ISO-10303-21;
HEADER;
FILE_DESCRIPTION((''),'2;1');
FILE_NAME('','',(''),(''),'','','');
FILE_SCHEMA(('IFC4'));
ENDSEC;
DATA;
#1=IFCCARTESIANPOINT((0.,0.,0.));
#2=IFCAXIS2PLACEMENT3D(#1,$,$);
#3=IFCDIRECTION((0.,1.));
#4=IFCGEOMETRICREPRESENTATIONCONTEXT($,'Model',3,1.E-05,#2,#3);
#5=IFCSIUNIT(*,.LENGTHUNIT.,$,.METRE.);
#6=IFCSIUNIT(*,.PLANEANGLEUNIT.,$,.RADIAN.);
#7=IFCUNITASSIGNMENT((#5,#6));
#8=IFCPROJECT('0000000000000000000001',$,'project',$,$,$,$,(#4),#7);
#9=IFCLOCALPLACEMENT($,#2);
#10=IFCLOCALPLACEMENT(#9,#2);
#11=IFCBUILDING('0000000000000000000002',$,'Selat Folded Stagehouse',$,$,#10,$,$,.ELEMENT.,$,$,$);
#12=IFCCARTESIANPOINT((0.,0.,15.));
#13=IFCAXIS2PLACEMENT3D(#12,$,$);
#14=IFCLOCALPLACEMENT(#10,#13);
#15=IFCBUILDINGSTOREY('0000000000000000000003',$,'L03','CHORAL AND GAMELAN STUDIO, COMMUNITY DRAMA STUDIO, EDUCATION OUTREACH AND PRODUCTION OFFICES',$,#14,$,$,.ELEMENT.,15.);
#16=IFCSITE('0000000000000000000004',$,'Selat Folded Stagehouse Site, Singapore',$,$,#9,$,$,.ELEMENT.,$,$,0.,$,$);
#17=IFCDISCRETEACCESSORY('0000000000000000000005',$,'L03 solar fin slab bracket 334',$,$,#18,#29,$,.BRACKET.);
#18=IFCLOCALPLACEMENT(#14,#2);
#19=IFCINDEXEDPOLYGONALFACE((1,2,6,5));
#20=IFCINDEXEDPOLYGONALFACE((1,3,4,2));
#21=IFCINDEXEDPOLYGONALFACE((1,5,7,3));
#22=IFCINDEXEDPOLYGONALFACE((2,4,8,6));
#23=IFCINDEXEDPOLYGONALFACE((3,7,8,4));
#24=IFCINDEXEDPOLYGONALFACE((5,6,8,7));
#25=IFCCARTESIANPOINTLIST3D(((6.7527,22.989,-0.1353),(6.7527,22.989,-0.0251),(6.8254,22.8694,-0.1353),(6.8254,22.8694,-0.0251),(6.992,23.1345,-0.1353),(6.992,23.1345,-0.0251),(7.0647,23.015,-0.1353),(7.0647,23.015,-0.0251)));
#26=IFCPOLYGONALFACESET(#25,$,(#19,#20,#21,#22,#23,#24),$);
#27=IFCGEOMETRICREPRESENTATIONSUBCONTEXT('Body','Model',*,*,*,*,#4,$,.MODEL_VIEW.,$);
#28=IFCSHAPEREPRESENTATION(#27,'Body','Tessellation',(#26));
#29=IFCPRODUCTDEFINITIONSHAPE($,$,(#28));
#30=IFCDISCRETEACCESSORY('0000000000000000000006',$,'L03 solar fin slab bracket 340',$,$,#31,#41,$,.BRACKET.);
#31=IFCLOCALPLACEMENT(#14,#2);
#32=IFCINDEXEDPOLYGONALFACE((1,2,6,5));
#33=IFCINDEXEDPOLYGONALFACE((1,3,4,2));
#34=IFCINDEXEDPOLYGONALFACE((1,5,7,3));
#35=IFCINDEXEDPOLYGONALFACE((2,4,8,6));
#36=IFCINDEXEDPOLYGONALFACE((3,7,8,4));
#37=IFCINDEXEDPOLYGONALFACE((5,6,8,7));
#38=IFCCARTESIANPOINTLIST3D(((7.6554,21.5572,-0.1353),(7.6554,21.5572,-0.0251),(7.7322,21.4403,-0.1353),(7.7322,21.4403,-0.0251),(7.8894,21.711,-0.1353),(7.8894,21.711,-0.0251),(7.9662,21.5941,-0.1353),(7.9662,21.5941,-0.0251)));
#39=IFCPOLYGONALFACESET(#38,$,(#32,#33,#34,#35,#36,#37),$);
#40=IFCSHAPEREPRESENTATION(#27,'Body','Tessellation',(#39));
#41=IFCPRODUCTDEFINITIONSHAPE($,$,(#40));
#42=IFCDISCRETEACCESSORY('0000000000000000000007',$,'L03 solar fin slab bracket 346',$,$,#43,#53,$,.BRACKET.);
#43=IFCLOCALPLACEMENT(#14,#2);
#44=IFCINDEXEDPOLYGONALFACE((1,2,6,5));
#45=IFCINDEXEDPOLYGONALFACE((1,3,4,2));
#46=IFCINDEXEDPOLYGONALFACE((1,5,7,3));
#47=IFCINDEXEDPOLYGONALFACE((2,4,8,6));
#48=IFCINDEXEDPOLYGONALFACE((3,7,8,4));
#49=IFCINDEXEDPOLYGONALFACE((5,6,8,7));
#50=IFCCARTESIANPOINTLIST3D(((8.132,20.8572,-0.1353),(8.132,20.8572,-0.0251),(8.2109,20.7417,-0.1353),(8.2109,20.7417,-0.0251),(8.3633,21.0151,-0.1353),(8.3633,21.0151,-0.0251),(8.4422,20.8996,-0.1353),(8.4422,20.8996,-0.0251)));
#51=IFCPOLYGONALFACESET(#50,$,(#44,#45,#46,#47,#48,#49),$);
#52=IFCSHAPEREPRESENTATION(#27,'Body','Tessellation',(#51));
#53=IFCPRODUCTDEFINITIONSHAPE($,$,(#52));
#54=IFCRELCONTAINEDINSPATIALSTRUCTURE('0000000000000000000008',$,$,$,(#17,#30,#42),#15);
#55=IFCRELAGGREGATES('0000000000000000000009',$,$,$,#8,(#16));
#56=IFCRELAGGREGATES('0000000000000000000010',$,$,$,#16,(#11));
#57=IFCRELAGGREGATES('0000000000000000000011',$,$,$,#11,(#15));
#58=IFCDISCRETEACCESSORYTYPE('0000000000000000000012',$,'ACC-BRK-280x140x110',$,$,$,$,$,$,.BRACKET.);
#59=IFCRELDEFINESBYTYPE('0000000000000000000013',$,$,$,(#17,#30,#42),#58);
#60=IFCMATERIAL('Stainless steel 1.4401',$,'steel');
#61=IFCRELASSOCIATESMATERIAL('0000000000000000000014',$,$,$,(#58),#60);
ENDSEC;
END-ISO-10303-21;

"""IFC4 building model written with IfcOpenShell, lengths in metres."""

from ifc_helpers import new_model, si_unit, direction, frame, origin, origin_2d, place, context, subcontext, project, spatial, rectangle, extrude, material, type_object, element, save


model = new_model("IFC4")

# Units and contexts
model_context = context("Model", 3, precision=1e-05, world=origin(), true_north=direction((0.0, 1.0)))
body_context = subcontext(model_context, "Body", "Model", "MODEL_VIEW")
ifc_project = project(units=[si_unit("LENGTHUNIT", "METRE"), si_unit("PLANEANGLEUNIT", "RADIAN")], contexts=[model_context])

# Site, building, storey
site_placement = place(None, origin())
site = spatial("IfcSite", under=ifc_project, at=site_placement, Name="Selat Folded Stagehouse Site, Singapore", CompositionType="ELEMENT", RefElevation=0.0)
building_placement = place(site_placement, origin())
building = spatial("IfcBuilding", under=site, at=building_placement, Name="Selat Folded Stagehouse", CompositionType="ELEMENT")
storey_placement = place(building_placement, frame((0.0, 0.0, 15.0)))
storey = spatial("IfcBuildingStorey", under=building, at=storey_placement, Name="L03", Description="CHORAL AND GAMELAN STUDIO, COMMUNITY DRAMA STUDIO, EDUCATION OUTREACH AND PRODUCTION OFFICES", CompositionType="ELEMENT", Elevation=15.0)

# Discrete accessories
ifc_material_1 = material(Name="Stainless steel 1.4401", Category="steel")
discrete_accessory_type = type_object("IfcDiscreteAccessoryType", Name="ACC-BRK-280x140x110", PredefinedType="BRACKET", material=ifc_material_1)
for number, where, z_axis, x_axis, name in (
    (1, (6.9087, 23.002, -0.1353), (0.0, 0.0, 1.0), (-0.854368, -0.519668, 0.0), "L03 solar fin slab bracket 334"),
    (2, (7.8108, 21.5757, -0.1353), (0.0, 0.0, 1.0), (-0.835616, -0.549315, 0.0), "L03 solar fin slab bracket 340"),
    (3, (8.2871, 20.8784, -0.1353), (0.0, 0.0, 1.0), (-0.825803, -0.563959, 0.0), "L03 solar fin slab bracket 346"),
):
    element("IfcDiscreteAccessory", number, at=place(storey_placement, frame(where, z_axis=z_axis, x_axis=x_axis)), inside=storey, type_object=discrete_accessory_type, Name=name, PredefinedType="BRACKET", context=body_context, shape_type="SweptSolid", body=[
        extrude(rectangle(XDim=0.28, YDim=0.1399, at=origin_2d()), origin(), (0.0, 0.0, 1.0), 0.1101),
    ])

save(model, "model.ifc")
